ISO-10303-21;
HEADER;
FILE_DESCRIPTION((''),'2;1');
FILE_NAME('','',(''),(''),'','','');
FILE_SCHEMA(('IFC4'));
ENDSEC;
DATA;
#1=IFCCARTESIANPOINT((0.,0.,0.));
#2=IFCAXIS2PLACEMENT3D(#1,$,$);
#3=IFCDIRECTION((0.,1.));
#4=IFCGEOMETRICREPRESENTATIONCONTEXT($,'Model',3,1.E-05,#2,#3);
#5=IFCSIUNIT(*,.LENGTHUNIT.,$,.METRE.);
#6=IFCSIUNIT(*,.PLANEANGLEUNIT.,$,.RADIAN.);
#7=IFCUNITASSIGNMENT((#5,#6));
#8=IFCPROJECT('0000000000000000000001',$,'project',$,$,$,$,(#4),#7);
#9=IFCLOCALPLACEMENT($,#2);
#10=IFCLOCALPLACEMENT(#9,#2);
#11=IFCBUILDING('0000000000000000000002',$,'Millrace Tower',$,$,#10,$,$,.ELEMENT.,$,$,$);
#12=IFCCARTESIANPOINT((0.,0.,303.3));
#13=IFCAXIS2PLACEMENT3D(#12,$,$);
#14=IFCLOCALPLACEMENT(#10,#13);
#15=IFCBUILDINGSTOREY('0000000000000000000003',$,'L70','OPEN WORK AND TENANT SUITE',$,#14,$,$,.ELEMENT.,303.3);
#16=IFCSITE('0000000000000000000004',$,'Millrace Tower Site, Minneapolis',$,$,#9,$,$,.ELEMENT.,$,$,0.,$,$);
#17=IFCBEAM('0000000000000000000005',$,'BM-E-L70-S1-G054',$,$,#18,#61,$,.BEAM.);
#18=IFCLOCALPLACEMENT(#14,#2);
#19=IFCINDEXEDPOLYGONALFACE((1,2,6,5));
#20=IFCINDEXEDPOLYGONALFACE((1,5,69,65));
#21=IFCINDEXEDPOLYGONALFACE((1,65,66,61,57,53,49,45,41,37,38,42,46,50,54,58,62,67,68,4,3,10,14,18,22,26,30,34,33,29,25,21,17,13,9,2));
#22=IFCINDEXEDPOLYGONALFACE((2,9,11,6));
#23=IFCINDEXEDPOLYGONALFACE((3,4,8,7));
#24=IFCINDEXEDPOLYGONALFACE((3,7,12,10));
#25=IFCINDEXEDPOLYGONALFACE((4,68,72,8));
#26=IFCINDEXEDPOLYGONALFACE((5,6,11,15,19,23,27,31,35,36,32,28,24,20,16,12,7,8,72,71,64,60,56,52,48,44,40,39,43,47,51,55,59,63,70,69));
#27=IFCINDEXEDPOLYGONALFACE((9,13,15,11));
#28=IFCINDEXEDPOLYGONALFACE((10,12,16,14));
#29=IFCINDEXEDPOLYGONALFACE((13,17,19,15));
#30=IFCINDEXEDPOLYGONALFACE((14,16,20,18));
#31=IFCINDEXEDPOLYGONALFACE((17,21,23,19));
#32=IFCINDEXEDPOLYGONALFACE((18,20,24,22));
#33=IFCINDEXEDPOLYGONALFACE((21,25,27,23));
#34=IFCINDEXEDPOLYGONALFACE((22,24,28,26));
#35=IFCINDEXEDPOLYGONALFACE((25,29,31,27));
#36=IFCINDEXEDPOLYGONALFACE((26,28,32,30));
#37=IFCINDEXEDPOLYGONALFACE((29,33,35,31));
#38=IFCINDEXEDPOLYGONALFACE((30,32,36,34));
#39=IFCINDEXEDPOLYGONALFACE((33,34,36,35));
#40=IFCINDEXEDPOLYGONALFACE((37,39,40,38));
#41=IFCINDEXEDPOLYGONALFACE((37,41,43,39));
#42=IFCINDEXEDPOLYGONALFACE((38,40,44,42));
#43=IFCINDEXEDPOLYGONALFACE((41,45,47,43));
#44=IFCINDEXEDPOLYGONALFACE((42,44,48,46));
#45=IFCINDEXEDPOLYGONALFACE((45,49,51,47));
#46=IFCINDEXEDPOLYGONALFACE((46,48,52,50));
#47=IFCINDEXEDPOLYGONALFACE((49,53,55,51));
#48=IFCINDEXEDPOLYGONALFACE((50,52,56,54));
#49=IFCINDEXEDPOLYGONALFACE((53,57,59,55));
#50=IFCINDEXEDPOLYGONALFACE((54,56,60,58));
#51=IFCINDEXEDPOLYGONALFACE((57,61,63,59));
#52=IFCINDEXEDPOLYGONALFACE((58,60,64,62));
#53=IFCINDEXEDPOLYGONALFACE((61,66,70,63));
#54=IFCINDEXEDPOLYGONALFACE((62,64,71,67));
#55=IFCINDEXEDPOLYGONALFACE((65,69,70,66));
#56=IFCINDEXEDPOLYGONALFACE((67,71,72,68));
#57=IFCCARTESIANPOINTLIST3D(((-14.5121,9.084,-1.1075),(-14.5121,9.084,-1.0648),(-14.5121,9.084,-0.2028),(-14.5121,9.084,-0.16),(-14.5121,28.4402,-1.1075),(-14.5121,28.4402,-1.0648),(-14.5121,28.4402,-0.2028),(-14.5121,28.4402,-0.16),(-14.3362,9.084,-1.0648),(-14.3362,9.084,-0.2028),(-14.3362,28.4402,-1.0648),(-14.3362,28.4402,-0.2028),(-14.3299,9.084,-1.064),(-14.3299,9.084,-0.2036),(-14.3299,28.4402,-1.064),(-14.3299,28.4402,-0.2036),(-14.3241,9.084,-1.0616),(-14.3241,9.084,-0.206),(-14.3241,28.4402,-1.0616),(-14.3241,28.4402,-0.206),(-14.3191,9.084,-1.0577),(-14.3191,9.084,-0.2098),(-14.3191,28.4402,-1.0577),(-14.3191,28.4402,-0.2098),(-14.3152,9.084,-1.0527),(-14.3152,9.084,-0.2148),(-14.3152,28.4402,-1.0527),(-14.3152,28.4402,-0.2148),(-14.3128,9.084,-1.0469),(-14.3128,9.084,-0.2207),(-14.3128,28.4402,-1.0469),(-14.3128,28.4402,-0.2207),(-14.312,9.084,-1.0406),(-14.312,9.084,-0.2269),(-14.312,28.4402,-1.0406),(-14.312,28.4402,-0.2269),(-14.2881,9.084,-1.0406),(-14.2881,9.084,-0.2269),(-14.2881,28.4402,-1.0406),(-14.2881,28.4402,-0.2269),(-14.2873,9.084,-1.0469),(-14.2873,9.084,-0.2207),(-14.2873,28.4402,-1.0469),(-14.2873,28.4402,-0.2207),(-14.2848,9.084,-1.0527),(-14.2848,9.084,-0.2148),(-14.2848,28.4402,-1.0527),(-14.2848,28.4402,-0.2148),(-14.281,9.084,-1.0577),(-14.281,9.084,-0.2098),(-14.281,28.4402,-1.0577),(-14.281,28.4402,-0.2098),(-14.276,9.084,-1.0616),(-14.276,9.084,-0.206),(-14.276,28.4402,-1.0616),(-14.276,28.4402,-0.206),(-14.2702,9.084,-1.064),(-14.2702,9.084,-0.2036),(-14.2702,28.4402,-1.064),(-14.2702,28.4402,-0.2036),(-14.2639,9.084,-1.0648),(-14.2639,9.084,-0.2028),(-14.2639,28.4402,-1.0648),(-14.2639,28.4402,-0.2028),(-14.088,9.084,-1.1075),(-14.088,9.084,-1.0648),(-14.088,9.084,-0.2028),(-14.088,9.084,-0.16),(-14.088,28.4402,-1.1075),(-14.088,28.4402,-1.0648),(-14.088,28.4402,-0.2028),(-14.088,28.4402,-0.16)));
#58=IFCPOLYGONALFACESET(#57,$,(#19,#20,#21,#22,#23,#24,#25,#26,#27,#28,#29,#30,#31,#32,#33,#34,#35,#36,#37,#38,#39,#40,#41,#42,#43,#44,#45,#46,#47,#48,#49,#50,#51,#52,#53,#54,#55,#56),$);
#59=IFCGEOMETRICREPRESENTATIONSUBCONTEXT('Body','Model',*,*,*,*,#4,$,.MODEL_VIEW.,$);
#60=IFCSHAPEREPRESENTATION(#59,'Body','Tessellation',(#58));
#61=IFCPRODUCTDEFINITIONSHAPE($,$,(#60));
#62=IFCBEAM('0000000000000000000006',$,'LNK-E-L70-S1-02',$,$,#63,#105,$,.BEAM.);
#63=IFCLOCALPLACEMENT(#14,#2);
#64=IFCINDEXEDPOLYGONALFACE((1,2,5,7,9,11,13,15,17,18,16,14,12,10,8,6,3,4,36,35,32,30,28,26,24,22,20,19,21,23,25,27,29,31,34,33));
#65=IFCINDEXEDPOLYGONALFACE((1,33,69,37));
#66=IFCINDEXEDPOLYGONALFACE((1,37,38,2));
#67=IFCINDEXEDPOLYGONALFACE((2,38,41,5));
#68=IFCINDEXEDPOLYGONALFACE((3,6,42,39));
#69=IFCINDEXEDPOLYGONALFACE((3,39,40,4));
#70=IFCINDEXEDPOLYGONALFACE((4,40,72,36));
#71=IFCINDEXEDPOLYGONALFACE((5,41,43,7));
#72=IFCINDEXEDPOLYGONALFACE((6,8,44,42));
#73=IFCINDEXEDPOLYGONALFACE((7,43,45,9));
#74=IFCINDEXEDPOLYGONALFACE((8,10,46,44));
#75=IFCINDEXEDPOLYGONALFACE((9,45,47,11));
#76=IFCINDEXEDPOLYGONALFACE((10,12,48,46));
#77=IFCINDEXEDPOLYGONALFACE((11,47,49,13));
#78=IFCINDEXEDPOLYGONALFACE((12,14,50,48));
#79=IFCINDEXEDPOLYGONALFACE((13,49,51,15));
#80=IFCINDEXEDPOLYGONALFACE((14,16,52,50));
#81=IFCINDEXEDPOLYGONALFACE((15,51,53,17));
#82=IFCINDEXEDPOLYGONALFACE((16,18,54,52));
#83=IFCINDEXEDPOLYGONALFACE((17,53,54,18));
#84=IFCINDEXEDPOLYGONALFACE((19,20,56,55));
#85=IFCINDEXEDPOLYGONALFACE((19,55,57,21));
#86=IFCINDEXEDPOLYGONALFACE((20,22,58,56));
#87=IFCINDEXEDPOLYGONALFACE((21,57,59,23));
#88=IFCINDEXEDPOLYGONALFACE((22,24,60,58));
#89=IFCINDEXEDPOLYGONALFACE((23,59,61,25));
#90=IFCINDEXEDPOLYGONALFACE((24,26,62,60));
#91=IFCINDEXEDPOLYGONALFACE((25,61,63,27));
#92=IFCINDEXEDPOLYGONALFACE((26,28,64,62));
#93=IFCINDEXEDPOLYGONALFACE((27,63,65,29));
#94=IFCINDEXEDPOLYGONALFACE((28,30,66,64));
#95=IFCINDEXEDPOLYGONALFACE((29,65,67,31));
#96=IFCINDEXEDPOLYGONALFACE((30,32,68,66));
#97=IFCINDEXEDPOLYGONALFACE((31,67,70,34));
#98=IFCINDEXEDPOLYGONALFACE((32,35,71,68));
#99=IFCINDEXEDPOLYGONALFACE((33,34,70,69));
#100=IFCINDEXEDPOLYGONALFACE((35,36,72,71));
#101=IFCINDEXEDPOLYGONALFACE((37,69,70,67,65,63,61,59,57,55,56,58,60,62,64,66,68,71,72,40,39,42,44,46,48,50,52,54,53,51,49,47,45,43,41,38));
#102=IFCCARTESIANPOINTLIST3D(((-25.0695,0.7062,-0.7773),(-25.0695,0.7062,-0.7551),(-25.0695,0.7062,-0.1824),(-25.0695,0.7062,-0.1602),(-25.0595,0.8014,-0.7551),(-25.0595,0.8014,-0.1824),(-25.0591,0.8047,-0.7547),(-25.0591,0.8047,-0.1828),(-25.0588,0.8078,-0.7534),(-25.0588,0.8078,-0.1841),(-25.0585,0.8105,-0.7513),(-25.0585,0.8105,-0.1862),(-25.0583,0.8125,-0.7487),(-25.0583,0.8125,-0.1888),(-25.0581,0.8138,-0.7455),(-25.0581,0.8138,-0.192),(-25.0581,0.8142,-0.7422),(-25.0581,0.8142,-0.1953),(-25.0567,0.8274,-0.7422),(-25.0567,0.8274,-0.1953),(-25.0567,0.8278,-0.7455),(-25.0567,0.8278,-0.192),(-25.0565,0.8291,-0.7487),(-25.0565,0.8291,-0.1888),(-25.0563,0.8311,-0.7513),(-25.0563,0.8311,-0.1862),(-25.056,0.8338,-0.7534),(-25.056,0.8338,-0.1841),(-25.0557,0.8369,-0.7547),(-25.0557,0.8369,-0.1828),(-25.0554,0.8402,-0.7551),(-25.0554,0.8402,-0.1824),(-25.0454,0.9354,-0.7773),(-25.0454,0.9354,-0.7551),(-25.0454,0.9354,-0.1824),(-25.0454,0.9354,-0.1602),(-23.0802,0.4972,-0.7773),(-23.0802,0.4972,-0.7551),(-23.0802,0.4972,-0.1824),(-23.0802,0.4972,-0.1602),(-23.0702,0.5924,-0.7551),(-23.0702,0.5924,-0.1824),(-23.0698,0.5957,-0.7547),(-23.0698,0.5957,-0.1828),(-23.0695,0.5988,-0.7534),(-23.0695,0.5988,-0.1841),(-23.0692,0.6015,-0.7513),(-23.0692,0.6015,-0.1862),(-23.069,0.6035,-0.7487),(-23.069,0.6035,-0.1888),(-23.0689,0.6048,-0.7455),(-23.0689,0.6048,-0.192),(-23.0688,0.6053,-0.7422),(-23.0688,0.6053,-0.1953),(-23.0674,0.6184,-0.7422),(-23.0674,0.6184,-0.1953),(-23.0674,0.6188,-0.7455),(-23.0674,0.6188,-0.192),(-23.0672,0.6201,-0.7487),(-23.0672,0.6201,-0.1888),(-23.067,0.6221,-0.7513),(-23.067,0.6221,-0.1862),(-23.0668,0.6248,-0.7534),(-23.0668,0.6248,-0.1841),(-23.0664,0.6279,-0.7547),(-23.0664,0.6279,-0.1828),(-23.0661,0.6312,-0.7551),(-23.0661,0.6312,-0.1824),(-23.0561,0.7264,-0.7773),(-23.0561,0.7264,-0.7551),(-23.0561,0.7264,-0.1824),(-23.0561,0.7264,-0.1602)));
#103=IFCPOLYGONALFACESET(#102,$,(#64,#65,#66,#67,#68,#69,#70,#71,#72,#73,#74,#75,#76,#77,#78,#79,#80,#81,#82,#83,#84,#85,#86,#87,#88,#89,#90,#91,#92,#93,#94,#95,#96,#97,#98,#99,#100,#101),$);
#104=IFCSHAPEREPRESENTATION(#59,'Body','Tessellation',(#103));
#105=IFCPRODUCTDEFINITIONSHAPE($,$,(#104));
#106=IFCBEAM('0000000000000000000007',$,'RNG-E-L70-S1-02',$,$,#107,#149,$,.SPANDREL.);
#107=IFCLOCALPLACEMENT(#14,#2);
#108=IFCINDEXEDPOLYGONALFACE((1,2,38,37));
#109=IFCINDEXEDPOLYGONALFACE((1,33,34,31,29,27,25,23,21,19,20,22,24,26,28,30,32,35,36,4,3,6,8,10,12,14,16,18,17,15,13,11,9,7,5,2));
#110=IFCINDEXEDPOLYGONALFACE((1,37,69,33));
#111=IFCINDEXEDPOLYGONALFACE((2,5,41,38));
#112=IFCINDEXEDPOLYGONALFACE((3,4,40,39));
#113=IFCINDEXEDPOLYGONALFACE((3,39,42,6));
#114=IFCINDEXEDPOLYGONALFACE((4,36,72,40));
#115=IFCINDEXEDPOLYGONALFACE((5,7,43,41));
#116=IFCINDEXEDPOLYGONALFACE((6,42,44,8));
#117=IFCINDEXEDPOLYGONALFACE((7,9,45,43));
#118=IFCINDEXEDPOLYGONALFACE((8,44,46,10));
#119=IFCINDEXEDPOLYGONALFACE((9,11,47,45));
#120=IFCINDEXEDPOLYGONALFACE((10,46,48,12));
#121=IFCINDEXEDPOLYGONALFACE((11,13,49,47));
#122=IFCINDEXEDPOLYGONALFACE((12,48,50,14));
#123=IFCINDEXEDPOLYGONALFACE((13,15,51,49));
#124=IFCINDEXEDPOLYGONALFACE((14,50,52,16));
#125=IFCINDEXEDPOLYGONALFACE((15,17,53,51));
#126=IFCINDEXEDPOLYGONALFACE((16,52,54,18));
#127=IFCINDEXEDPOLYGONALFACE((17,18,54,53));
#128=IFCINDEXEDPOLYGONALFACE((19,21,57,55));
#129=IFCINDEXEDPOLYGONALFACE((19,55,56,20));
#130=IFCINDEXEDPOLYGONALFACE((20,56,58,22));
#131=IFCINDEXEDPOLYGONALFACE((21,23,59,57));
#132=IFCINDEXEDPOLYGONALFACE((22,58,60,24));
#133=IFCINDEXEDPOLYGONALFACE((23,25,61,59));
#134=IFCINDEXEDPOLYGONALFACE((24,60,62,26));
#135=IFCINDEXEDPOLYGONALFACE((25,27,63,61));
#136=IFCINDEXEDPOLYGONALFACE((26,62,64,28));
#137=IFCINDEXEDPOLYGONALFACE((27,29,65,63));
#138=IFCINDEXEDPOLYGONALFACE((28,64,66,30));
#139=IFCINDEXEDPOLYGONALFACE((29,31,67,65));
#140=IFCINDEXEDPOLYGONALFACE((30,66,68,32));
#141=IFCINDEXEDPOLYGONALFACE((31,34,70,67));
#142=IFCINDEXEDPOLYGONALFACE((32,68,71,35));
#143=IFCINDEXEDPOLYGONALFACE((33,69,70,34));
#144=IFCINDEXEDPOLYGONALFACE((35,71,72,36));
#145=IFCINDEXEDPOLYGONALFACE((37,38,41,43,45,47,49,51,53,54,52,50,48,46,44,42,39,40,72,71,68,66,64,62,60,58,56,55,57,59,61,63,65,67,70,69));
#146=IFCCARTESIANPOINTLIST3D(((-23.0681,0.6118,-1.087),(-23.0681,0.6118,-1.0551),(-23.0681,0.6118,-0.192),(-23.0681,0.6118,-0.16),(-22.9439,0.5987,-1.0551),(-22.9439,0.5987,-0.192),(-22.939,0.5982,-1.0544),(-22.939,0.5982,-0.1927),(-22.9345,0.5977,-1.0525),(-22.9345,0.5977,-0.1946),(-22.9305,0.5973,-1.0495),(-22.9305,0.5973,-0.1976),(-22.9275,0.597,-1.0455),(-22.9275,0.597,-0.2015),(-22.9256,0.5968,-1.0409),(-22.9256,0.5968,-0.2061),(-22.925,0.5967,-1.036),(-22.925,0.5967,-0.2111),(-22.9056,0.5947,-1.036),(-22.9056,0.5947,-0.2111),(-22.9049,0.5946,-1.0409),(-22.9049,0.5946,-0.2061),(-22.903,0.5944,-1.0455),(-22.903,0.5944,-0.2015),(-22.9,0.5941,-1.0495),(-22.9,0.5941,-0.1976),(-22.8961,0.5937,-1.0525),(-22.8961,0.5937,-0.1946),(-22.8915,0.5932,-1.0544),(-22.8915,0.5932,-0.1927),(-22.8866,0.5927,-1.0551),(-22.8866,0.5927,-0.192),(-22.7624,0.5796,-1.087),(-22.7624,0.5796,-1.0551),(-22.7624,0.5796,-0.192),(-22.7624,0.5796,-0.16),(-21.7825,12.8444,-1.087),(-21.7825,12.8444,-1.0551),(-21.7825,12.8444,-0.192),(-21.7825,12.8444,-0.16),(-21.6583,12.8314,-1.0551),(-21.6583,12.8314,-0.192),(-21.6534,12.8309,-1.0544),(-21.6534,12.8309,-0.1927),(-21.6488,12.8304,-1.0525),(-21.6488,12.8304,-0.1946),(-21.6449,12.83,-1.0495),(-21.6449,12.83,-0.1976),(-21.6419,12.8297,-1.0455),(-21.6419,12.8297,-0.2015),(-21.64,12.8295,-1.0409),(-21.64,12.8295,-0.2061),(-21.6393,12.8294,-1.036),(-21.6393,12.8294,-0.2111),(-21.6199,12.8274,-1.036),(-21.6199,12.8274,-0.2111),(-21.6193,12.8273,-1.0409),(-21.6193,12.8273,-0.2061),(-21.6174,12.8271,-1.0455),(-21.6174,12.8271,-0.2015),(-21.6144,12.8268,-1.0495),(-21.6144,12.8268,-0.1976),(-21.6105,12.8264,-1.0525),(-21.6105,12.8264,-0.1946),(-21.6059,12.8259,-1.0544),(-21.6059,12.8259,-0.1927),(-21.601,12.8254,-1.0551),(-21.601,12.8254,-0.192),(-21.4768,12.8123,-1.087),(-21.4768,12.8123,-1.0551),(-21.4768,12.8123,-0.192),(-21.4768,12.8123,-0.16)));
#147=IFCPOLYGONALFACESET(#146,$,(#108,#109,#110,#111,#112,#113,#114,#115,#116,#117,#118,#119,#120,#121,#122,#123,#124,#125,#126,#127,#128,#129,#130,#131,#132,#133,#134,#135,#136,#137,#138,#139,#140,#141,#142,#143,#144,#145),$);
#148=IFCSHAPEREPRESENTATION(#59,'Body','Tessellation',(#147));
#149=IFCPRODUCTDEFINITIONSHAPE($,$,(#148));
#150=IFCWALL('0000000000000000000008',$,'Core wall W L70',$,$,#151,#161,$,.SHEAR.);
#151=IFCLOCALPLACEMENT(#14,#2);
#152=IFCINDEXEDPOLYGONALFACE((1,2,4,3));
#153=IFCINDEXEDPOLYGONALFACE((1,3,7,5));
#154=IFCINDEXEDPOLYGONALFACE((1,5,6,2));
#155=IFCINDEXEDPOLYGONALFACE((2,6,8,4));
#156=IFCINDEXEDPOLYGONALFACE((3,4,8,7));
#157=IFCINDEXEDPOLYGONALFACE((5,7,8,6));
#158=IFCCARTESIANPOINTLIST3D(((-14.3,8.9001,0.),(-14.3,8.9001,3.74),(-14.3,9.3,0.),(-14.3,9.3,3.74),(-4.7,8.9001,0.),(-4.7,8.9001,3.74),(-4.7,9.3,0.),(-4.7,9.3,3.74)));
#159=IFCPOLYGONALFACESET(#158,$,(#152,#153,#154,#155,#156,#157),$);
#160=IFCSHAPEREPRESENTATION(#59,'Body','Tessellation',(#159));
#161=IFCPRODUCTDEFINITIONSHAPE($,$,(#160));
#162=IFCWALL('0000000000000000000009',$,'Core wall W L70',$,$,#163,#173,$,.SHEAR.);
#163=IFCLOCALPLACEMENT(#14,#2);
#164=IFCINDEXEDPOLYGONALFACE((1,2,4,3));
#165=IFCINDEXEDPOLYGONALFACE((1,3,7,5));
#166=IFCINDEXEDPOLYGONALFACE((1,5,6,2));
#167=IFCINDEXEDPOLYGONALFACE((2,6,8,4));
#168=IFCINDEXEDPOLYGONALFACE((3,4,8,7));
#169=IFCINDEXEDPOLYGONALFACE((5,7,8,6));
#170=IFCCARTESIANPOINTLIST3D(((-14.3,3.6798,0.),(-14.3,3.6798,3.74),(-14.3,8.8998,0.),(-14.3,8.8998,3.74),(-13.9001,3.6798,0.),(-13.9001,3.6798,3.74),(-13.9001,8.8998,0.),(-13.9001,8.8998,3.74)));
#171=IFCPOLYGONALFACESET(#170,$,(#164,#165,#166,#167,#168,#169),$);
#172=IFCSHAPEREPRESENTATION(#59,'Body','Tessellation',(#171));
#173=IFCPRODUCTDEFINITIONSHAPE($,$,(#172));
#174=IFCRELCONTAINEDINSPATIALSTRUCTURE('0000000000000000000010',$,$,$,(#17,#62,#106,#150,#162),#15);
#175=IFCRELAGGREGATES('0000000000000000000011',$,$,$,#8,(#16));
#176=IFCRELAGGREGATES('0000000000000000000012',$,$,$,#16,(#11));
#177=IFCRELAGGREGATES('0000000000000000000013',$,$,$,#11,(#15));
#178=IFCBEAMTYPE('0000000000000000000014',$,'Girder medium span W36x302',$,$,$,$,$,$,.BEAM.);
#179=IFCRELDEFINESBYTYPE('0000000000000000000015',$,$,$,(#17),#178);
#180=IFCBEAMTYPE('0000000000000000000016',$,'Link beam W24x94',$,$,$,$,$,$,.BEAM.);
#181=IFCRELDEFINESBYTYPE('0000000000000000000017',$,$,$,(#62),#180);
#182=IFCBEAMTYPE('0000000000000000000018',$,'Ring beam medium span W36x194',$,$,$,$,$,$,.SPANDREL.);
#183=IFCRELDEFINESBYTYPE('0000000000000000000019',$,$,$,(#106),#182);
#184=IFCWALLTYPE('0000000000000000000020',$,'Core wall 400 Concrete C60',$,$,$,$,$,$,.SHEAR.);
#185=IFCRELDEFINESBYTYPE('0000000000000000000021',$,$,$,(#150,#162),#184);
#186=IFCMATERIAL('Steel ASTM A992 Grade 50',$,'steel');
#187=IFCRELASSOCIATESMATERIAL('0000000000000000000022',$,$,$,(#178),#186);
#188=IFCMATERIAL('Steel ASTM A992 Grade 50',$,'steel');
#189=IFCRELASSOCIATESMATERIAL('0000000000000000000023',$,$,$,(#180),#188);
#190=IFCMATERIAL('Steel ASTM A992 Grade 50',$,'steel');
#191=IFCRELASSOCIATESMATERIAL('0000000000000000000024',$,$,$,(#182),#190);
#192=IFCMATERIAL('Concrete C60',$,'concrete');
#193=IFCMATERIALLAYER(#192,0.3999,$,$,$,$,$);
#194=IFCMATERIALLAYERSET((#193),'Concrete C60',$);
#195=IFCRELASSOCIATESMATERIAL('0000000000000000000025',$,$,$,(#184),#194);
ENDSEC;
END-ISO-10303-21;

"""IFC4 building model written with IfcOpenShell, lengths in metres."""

from ifc_helpers import new_model, si_unit, direction, frame, frame_2d, origin, origin_2d, place, context, subcontext, project, spatial, rectangle, i_section, extrude, material, layer, layer_set, material_profile, profile_set, type_object, element, save


model = new_model("IFC4")

# Units and contexts
model_context = context("Model", 3, precision=1e-05, world=origin(), true_north=direction((0.0, 1.0)))
body_context = subcontext(model_context, "Body", "Model", "MODEL_VIEW")
ifc_project = project(units=[si_unit("LENGTHUNIT", "METRE"), si_unit("PLANEANGLEUNIT", "RADIAN")], contexts=[model_context])

# Site, building, storey
site_placement = place(None, origin())
site = spatial("IfcSite", under=ifc_project, at=site_placement, Name="Millrace Tower Site, Minneapolis", CompositionType="ELEMENT", RefElevation=0.0)
building_placement = place(site_placement, origin())
building = spatial("IfcBuilding", under=site, at=building_placement, Name="Millrace Tower", CompositionType="ELEMENT")
storey_placement = place(building_placement, frame((0.0, 0.0, 303.3)))
storey = spatial("IfcBuildingStorey", under=building, at=storey_placement, Name="L70", Description="OPEN WORK AND TENANT SUITE", CompositionType="ELEMENT", Elevation=303.3)

# Beams
ifc_material_1 = material(Name="Steel ASTM A992 Grade 50", Category="steel")
ifc_material_profile_1 = material_profile(ifc_material_1, i_section(OverallWidth=0.4241, OverallDepth=0.9475, WebThickness=0.0239, FlangeThickness=0.0427, FilletRadius=0.0242, at=origin_2d()))
ifc_profile_set_1 = profile_set([ifc_material_profile_1], Name="Steel ASTM A992 Grade 50")
beam_type_1 = type_object("IfcBeamType", Name="Girder medium span W36x302", PredefinedType="BEAM", material=ifc_profile_set_1)
beam_1_placement = place(storey_placement, frame((-14.3, 9.084, -0.6338), z_axis=(0.0, 1.0, 0.0), x_axis=(-1.0, 0.0, 0.0)))
element("IfcBeam", 1, at=beam_1_placement, inside=storey, type_object=beam_type_1, Name="BM-E-L70-S1-G054", PredefinedType="BEAM", context=body_context, shape_type="SweptSolid", body=[
    extrude(i_section(OverallWidth=0.4241, OverallDepth=0.9475, WebThickness=0.0239, FlangeThickness=0.0427, FilletRadius=0.0242, at=origin_2d()), origin(), (0.0, 0.0, 1.0), 19.3562),
])
ifc_material_2 = material(Name="Steel ASTM A992 Grade 50", Category="steel")
ifc_material_profile_2 = material_profile(ifc_material_2, i_section(OverallWidth=0.2305, OverallDepth=0.6172, WebThickness=0.0132, FlangeThickness=0.0222, FilletRadius=0.0129, at=origin_2d()))
ifc_profile_set_2 = profile_set([ifc_material_profile_2], Name="Steel ASTM A992 Grade 50")
beam_type_2 = type_object("IfcBeamType", Name="Link beam W24x94", PredefinedType="BEAM", material=ifc_profile_set_2)
beam_2_placement = place(storey_placement, frame((-23.0681, 0.6118, -0.4688), z_axis=(-0.994527, 0.104481, 0.0), x_axis=(-0.104481, -0.994527, 0.0)))
element("IfcBeam", 2, at=beam_2_placement, inside=storey, type_object=beam_type_2, Name="LNK-E-L70-S1-02", PredefinedType="BEAM", context=body_context, shape_type="SweptSolid", body=[
    extrude(i_section(OverallWidth=0.2305, OverallDepth=0.6172, WebThickness=0.0132, FlangeThickness=0.0222, FilletRadius=0.0129, at=origin_2d()), origin(), (0.0, 0.0, 1.0), 2.0002),
])
ifc_material_3 = material(Name="Steel ASTM A992 Grade 50", Category="steel")
ifc_material_profile_3 = material_profile(ifc_material_3, i_section(OverallWidth=0.3074, OverallDepth=0.927, WebThickness=0.0195, FlangeThickness=0.032, FilletRadius=0.019, at=origin_2d()))
ifc_profile_set_3 = profile_set([ifc_material_profile_3], Name="Steel ASTM A992 Grade 50")
beam_type_3 = type_object("IfcBeamType", Name="Ring beam medium span W36x194", PredefinedType="SPANDREL", material=ifc_profile_set_3)
beam_3_placement = place(storey_placement, frame((-22.9153, 0.5957, -0.6235), z_axis=(0.104524, 0.994522, 0.0), x_axis=(-0.994522, 0.104524, 0.0)))
element("IfcBeam", 3, at=beam_3_placement, inside=storey, type_object=beam_type_3, Name="RNG-E-L70-S1-02", PredefinedType="SPANDREL", context=body_context, shape_type="SweptSolid", body=[
    extrude(i_section(OverallWidth=0.3074, OverallDepth=0.927, WebThickness=0.0195, FlangeThickness=0.032, FilletRadius=0.019, at=origin_2d()), origin(), (0.0, 0.0, 1.0), 12.3),
])

# Walls
ifc_material_4 = material(Name="Concrete C60", Category="concrete")
ifc_layer_1 = layer(ifc_material_4, 0.3999)
ifc_layer_set_1 = layer_set([ifc_layer_1], Name="Concrete C60")
wall_type_1 = type_object("IfcWallType", Name="Core wall 400 Concrete C60", PredefinedType="SHEAR", material=ifc_layer_set_1)
wall_1_placement = place(storey_placement, frame((-14.3, 9.1001, 0.0), z_axis=(0.0, 0.0, 1.0), x_axis=(1.0, 0.0, 0.0)))
element("IfcWall", 4, at=wall_1_placement, inside=storey, type_object=wall_type_1, Name="Core wall W L70", PredefinedType="SHEAR", context=body_context, shape_type="SweptSolid", body=[
    extrude(rectangle(XDim=9.6001, YDim=0.3999, at=frame_2d((4.8, 0.0))), origin(), (0.0, 0.0, 1.0), 3.74),
])
wall_2_placement = place(storey_placement, frame((-14.1001, 3.6799, 0.0), z_axis=(0.0, 0.0, 1.0), x_axis=(0.0, 1.0, 0.0)))
element("IfcWall", 5, at=wall_2_placement, inside=storey, type_object=wall_type_1, Name="Core wall W L70", PredefinedType="SHEAR", context=body_context, shape_type="SweptSolid", body=[
    extrude(rectangle(XDim=5.22, YDim=0.3999, at=frame_2d((2.6099, 0.0))), origin(), (0.0, 0.0, 1.0), 3.74),
])

save(model, "model.ifc")
